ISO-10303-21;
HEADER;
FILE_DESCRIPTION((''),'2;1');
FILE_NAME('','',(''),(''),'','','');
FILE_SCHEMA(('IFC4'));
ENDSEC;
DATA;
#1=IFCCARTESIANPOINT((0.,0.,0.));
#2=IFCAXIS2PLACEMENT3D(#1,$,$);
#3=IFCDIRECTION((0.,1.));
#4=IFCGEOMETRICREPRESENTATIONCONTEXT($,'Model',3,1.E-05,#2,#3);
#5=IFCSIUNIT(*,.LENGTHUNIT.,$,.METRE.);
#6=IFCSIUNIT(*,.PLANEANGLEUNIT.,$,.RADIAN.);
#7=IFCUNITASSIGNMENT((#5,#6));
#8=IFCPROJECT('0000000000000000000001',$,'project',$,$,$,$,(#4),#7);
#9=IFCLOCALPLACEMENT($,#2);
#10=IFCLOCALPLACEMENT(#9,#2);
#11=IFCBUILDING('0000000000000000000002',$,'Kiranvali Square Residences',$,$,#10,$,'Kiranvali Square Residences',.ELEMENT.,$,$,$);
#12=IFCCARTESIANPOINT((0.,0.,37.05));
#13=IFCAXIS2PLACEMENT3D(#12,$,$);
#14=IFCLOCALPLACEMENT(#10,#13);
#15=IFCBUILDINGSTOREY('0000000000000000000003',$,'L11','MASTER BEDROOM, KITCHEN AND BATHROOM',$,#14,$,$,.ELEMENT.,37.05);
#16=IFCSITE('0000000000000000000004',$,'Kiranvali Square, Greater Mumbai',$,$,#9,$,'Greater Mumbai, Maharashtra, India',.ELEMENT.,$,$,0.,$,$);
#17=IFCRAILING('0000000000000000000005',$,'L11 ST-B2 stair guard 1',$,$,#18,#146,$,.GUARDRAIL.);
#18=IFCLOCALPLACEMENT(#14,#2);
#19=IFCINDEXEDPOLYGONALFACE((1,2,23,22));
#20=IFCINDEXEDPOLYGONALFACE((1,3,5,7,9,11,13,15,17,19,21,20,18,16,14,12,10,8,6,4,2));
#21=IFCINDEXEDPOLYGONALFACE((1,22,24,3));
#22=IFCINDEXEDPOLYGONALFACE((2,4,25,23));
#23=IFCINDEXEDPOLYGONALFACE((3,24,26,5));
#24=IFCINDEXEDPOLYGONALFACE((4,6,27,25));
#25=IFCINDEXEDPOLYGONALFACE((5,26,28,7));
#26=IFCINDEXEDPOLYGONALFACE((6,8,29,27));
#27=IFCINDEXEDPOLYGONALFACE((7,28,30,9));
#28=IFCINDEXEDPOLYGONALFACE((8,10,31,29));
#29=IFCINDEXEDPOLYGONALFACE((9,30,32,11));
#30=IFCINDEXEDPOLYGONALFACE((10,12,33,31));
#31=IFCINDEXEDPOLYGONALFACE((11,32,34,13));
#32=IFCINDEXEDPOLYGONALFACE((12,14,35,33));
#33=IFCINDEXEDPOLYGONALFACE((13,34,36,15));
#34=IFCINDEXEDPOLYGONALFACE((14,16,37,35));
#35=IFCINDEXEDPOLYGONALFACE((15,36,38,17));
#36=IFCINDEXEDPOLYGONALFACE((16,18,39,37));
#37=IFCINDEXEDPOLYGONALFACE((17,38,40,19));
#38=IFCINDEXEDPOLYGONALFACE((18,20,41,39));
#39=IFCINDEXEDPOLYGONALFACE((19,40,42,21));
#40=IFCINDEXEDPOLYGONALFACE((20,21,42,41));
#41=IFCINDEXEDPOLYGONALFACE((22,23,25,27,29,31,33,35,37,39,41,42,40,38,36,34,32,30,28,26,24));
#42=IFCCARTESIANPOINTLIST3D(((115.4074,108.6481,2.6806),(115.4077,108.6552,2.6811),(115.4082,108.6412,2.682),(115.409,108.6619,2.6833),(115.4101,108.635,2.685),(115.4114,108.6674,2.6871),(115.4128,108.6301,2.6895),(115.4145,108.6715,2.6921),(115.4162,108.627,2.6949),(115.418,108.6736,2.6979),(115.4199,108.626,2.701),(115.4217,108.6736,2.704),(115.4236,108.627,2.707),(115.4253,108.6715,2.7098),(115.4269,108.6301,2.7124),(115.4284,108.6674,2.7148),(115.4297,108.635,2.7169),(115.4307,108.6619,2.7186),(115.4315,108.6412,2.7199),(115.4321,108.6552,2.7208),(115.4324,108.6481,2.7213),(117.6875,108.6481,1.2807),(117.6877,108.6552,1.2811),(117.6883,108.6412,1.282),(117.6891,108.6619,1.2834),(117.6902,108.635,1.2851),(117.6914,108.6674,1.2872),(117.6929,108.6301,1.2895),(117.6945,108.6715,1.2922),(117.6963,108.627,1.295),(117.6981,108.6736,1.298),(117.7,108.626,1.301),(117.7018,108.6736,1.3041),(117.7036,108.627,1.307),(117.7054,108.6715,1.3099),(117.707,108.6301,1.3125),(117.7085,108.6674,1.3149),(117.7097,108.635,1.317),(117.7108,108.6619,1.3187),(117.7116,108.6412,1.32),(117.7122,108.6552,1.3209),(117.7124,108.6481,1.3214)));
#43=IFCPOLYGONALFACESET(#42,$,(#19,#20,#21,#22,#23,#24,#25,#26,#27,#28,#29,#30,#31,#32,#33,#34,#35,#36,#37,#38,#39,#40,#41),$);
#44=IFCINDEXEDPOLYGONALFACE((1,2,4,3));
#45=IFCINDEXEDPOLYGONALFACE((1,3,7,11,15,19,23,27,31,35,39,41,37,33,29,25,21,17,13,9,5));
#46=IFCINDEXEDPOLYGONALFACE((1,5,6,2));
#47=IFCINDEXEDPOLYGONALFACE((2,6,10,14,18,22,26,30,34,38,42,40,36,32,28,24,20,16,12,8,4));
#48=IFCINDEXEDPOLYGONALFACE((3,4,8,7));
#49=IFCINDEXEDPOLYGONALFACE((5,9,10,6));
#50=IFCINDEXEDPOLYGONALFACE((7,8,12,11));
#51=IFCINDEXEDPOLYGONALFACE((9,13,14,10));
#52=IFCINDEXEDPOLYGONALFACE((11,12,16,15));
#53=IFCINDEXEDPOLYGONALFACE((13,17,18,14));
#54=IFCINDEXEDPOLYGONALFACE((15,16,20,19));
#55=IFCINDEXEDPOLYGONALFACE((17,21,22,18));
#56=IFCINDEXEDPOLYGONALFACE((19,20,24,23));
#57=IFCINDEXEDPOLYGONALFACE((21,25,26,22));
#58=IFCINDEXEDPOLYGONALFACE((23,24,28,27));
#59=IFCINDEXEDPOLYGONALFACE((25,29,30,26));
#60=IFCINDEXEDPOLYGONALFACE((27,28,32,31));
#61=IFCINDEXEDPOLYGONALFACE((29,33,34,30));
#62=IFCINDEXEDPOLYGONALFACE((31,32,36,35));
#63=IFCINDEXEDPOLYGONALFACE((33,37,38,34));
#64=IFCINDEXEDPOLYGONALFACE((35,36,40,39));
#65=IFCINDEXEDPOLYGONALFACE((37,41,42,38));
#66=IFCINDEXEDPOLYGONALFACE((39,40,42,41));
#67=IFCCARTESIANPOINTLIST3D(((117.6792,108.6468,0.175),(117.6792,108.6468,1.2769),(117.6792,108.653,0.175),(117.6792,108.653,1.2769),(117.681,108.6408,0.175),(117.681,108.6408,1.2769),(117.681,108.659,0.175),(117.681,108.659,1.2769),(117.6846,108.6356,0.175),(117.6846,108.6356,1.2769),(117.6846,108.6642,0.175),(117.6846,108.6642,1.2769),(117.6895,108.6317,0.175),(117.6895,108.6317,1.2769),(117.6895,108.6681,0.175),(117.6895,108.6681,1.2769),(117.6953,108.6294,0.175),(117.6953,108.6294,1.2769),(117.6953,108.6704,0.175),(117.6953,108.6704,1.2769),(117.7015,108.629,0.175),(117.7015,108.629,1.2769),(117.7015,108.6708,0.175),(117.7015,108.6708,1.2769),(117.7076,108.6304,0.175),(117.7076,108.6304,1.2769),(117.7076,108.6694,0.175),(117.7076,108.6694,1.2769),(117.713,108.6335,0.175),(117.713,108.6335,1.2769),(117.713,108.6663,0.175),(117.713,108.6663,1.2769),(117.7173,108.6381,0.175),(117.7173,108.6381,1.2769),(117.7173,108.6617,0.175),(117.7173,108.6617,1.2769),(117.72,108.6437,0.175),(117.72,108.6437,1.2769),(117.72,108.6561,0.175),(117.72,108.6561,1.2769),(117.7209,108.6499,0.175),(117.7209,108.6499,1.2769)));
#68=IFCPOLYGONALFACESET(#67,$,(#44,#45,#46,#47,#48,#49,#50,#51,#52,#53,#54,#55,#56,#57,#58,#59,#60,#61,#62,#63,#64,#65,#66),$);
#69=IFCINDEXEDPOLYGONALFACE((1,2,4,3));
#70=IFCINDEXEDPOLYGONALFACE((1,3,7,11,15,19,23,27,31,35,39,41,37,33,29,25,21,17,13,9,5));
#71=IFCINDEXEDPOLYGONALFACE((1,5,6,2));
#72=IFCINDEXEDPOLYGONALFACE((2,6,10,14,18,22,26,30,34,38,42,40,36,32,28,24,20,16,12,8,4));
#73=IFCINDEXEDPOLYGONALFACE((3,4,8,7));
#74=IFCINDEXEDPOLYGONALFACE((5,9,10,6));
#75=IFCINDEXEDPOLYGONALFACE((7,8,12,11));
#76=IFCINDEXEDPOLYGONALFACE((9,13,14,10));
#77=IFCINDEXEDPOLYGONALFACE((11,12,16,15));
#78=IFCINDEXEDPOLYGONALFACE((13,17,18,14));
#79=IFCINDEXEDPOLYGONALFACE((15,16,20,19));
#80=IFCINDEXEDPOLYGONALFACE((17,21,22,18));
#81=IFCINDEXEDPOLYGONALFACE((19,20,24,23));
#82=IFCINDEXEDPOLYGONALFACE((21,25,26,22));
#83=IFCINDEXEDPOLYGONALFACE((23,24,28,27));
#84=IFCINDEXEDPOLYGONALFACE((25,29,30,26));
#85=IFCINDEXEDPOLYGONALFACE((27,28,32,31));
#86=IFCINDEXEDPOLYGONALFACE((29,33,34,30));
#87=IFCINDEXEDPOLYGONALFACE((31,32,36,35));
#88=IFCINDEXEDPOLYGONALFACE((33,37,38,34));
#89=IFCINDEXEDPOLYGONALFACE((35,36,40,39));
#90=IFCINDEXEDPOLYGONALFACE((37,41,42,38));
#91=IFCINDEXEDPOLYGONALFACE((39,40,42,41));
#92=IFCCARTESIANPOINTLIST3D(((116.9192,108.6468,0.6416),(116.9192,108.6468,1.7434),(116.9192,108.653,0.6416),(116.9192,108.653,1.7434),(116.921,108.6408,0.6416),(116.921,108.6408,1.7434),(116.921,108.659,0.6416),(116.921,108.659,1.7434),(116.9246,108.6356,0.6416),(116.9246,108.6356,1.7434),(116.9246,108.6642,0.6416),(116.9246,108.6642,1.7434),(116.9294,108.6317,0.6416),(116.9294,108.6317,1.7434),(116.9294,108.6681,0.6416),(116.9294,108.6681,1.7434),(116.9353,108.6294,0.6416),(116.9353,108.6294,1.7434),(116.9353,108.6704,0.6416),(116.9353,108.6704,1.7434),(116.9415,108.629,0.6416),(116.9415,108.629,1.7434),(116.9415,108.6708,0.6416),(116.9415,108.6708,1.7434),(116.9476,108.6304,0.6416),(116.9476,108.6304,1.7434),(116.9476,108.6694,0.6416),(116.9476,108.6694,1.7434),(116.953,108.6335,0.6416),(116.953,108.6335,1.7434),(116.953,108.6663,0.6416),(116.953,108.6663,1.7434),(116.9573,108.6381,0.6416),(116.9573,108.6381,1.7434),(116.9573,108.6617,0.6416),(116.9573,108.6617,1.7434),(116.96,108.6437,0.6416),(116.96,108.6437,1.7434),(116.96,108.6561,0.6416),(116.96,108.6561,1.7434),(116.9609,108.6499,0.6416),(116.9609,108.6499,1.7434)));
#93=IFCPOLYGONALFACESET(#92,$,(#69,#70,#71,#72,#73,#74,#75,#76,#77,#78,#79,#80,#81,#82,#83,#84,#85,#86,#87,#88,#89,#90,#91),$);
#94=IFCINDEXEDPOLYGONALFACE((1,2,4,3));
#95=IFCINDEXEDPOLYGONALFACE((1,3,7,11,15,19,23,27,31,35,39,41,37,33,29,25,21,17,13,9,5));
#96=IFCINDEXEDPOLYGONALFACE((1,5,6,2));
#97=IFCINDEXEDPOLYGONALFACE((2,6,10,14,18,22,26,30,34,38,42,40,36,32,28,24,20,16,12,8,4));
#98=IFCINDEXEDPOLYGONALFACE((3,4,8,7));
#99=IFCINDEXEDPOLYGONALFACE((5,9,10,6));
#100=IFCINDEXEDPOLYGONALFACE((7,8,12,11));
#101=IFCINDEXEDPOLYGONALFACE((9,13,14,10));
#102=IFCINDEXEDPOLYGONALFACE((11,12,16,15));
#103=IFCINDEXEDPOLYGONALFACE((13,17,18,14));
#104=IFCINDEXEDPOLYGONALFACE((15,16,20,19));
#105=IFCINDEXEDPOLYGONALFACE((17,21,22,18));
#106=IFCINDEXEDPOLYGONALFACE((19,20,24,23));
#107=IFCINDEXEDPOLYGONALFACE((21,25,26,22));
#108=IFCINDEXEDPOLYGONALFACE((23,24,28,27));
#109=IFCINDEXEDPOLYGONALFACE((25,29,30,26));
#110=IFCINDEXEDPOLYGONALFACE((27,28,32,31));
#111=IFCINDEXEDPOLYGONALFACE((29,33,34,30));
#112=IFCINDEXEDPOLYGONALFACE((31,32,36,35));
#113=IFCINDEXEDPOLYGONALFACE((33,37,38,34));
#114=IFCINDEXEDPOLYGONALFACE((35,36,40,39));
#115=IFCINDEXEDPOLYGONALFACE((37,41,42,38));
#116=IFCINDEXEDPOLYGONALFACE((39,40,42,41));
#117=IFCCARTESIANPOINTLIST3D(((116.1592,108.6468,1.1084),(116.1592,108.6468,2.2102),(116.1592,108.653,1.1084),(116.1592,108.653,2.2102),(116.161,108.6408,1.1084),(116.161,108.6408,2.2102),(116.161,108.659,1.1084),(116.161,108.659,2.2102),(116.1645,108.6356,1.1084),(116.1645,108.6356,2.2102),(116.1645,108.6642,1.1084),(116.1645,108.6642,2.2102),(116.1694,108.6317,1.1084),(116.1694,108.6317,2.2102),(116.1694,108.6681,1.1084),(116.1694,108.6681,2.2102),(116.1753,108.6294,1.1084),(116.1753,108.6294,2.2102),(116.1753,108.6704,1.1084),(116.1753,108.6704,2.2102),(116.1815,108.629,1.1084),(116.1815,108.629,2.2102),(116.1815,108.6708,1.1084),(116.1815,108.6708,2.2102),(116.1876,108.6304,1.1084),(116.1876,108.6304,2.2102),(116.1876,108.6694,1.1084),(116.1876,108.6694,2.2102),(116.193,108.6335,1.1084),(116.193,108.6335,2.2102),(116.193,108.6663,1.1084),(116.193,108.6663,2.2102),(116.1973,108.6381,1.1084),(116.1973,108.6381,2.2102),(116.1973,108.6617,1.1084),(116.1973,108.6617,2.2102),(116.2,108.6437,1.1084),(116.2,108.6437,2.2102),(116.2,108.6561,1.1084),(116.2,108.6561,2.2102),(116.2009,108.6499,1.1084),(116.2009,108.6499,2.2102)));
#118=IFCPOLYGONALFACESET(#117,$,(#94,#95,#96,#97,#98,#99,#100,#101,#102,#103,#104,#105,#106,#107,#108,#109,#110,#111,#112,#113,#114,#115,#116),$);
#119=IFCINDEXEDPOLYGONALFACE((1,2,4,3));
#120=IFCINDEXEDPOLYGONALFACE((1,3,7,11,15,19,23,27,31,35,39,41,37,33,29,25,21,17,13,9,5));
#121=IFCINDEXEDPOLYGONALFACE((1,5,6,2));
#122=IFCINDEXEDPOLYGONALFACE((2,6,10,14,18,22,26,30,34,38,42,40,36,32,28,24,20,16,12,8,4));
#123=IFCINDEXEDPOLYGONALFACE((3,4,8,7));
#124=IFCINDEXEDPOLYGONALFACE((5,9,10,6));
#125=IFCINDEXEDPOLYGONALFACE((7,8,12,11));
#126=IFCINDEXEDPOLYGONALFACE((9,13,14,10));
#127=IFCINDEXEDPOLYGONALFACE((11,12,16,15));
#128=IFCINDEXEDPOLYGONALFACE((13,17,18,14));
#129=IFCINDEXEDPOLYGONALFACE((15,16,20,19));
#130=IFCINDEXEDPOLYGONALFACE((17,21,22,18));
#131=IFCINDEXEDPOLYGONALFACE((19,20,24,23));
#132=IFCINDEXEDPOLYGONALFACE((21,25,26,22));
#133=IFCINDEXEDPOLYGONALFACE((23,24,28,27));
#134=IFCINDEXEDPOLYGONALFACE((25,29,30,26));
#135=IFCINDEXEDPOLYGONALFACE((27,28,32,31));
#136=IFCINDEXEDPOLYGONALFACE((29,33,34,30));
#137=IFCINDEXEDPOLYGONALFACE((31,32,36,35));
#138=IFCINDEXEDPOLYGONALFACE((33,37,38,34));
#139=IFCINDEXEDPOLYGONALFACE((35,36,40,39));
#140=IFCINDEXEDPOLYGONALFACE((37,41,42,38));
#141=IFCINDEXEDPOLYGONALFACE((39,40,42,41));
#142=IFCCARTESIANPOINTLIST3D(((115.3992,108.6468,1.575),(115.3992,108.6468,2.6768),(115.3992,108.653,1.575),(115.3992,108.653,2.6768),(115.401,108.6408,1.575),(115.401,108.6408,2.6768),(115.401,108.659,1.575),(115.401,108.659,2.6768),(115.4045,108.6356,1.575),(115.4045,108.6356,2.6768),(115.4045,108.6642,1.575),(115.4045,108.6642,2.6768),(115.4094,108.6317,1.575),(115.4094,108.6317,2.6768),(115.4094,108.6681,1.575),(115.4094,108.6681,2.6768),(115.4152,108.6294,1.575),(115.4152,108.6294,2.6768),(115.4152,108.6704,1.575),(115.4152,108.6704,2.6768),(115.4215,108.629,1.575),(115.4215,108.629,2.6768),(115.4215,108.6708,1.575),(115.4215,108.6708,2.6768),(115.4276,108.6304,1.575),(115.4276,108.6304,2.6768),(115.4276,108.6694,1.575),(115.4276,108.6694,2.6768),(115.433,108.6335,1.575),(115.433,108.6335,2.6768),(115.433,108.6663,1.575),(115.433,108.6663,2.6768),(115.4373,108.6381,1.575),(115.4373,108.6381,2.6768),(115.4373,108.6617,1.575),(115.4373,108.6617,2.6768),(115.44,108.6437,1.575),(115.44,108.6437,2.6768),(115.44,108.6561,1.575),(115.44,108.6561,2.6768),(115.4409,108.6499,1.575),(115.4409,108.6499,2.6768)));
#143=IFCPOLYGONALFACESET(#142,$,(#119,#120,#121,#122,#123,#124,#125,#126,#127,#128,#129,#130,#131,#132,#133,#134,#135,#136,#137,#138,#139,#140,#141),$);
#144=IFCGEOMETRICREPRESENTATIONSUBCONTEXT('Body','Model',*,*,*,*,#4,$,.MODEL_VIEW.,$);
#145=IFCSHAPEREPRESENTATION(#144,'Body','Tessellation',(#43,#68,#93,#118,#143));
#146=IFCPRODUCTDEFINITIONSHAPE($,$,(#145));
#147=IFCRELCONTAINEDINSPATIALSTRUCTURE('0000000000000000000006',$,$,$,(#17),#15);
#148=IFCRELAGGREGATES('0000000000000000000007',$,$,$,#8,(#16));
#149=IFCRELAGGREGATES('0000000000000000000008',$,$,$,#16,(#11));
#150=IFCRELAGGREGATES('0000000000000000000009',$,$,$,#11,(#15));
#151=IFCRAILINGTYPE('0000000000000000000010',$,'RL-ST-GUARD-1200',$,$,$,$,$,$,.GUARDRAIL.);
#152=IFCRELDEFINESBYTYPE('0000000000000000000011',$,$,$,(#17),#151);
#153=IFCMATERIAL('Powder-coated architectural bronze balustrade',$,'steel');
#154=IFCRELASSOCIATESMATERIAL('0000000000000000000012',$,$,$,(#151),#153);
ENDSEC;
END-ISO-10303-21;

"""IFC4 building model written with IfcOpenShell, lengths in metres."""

from ifc_helpers import new_model, si_unit, direction, frame, origin, origin_2d, place, context, subcontext, project, spatial, circle, extrude, material, type_object, element, save


model = new_model("IFC4")

# Units and contexts
model_context = context("Model", 3, precision=1e-05, world=origin(), true_north=direction((0.0, 1.0)))
body_context = subcontext(model_context, "Body", "Model", "MODEL_VIEW")
ifc_project = project(units=[si_unit("LENGTHUNIT", "METRE"), si_unit("PLANEANGLEUNIT", "RADIAN")], contexts=[model_context])

# Site, building, storey
site_placement = place(None, origin())
site = spatial("IfcSite", under=ifc_project, at=site_placement, Name="Kiranvali Square, Greater Mumbai", LongName="Greater Mumbai, Maharashtra, India", CompositionType="ELEMENT", RefElevation=0.0)
building_placement = place(site_placement, origin())
building = spatial("IfcBuilding", under=site, at=building_placement, Name="Kiranvali Square Residences", LongName="Kiranvali Square Residences", CompositionType="ELEMENT")
storey_placement = place(building_placement, frame((0.0, 0.0, 37.05)))
storey = spatial("IfcBuildingStorey", under=building, at=storey_placement, Name="L11", Description="MASTER BEDROOM, KITCHEN AND BATHROOM", CompositionType="ELEMENT", Elevation=37.05)

# Railing
ifc_material_1 = material(Name="Powder-coated architectural bronze balustrade", Category="steel")
railing_type_1 = type_object("IfcRailingType", Name="RL-ST-GUARD-1200", PredefinedType="GUARDRAIL", material=ifc_material_1)
railing_1_placement = place(storey_placement, frame((117.7, 108.6499, 0.175)))
element("IfcRailing", 1, at=railing_1_placement, inside=storey, type_object=railing_type_1, Name="L11 ST-B2 stair guard 1", PredefinedType="GUARDRAIL", context=body_context, shape_type="SweptSolid", body=[
    extrude(circle(Radius=0.0239, at=origin_2d()), frame((0.0, 0.0, 1.126), z_axis=(-0.85219, 0.0, 0.523232), x_axis=(0.0, -1.0, 0.0)), (0.0, 0.0, 1.0), 2.6755),
    extrude(circle(Radius=0.021, at=origin_2d()), origin(), (0.0, 0.0, 1.0), 1.1018),
    extrude(circle(Radius=0.021, at=origin_2d()), frame((-0.76, 0.0, 0.4666)), (0.0, 0.0, 1.0), 1.1018),
    extrude(circle(Radius=0.021, at=origin_2d()), frame((-1.52, 0.0, 0.9333)), (0.0, 0.0, 1.0), 1.1018),
    extrude(circle(Radius=0.021, at=origin_2d()), frame((-2.28, 0.0, 1.3999)), (0.0, 0.0, 1.0), 1.1018),
])

save(model, "model.ifc")
